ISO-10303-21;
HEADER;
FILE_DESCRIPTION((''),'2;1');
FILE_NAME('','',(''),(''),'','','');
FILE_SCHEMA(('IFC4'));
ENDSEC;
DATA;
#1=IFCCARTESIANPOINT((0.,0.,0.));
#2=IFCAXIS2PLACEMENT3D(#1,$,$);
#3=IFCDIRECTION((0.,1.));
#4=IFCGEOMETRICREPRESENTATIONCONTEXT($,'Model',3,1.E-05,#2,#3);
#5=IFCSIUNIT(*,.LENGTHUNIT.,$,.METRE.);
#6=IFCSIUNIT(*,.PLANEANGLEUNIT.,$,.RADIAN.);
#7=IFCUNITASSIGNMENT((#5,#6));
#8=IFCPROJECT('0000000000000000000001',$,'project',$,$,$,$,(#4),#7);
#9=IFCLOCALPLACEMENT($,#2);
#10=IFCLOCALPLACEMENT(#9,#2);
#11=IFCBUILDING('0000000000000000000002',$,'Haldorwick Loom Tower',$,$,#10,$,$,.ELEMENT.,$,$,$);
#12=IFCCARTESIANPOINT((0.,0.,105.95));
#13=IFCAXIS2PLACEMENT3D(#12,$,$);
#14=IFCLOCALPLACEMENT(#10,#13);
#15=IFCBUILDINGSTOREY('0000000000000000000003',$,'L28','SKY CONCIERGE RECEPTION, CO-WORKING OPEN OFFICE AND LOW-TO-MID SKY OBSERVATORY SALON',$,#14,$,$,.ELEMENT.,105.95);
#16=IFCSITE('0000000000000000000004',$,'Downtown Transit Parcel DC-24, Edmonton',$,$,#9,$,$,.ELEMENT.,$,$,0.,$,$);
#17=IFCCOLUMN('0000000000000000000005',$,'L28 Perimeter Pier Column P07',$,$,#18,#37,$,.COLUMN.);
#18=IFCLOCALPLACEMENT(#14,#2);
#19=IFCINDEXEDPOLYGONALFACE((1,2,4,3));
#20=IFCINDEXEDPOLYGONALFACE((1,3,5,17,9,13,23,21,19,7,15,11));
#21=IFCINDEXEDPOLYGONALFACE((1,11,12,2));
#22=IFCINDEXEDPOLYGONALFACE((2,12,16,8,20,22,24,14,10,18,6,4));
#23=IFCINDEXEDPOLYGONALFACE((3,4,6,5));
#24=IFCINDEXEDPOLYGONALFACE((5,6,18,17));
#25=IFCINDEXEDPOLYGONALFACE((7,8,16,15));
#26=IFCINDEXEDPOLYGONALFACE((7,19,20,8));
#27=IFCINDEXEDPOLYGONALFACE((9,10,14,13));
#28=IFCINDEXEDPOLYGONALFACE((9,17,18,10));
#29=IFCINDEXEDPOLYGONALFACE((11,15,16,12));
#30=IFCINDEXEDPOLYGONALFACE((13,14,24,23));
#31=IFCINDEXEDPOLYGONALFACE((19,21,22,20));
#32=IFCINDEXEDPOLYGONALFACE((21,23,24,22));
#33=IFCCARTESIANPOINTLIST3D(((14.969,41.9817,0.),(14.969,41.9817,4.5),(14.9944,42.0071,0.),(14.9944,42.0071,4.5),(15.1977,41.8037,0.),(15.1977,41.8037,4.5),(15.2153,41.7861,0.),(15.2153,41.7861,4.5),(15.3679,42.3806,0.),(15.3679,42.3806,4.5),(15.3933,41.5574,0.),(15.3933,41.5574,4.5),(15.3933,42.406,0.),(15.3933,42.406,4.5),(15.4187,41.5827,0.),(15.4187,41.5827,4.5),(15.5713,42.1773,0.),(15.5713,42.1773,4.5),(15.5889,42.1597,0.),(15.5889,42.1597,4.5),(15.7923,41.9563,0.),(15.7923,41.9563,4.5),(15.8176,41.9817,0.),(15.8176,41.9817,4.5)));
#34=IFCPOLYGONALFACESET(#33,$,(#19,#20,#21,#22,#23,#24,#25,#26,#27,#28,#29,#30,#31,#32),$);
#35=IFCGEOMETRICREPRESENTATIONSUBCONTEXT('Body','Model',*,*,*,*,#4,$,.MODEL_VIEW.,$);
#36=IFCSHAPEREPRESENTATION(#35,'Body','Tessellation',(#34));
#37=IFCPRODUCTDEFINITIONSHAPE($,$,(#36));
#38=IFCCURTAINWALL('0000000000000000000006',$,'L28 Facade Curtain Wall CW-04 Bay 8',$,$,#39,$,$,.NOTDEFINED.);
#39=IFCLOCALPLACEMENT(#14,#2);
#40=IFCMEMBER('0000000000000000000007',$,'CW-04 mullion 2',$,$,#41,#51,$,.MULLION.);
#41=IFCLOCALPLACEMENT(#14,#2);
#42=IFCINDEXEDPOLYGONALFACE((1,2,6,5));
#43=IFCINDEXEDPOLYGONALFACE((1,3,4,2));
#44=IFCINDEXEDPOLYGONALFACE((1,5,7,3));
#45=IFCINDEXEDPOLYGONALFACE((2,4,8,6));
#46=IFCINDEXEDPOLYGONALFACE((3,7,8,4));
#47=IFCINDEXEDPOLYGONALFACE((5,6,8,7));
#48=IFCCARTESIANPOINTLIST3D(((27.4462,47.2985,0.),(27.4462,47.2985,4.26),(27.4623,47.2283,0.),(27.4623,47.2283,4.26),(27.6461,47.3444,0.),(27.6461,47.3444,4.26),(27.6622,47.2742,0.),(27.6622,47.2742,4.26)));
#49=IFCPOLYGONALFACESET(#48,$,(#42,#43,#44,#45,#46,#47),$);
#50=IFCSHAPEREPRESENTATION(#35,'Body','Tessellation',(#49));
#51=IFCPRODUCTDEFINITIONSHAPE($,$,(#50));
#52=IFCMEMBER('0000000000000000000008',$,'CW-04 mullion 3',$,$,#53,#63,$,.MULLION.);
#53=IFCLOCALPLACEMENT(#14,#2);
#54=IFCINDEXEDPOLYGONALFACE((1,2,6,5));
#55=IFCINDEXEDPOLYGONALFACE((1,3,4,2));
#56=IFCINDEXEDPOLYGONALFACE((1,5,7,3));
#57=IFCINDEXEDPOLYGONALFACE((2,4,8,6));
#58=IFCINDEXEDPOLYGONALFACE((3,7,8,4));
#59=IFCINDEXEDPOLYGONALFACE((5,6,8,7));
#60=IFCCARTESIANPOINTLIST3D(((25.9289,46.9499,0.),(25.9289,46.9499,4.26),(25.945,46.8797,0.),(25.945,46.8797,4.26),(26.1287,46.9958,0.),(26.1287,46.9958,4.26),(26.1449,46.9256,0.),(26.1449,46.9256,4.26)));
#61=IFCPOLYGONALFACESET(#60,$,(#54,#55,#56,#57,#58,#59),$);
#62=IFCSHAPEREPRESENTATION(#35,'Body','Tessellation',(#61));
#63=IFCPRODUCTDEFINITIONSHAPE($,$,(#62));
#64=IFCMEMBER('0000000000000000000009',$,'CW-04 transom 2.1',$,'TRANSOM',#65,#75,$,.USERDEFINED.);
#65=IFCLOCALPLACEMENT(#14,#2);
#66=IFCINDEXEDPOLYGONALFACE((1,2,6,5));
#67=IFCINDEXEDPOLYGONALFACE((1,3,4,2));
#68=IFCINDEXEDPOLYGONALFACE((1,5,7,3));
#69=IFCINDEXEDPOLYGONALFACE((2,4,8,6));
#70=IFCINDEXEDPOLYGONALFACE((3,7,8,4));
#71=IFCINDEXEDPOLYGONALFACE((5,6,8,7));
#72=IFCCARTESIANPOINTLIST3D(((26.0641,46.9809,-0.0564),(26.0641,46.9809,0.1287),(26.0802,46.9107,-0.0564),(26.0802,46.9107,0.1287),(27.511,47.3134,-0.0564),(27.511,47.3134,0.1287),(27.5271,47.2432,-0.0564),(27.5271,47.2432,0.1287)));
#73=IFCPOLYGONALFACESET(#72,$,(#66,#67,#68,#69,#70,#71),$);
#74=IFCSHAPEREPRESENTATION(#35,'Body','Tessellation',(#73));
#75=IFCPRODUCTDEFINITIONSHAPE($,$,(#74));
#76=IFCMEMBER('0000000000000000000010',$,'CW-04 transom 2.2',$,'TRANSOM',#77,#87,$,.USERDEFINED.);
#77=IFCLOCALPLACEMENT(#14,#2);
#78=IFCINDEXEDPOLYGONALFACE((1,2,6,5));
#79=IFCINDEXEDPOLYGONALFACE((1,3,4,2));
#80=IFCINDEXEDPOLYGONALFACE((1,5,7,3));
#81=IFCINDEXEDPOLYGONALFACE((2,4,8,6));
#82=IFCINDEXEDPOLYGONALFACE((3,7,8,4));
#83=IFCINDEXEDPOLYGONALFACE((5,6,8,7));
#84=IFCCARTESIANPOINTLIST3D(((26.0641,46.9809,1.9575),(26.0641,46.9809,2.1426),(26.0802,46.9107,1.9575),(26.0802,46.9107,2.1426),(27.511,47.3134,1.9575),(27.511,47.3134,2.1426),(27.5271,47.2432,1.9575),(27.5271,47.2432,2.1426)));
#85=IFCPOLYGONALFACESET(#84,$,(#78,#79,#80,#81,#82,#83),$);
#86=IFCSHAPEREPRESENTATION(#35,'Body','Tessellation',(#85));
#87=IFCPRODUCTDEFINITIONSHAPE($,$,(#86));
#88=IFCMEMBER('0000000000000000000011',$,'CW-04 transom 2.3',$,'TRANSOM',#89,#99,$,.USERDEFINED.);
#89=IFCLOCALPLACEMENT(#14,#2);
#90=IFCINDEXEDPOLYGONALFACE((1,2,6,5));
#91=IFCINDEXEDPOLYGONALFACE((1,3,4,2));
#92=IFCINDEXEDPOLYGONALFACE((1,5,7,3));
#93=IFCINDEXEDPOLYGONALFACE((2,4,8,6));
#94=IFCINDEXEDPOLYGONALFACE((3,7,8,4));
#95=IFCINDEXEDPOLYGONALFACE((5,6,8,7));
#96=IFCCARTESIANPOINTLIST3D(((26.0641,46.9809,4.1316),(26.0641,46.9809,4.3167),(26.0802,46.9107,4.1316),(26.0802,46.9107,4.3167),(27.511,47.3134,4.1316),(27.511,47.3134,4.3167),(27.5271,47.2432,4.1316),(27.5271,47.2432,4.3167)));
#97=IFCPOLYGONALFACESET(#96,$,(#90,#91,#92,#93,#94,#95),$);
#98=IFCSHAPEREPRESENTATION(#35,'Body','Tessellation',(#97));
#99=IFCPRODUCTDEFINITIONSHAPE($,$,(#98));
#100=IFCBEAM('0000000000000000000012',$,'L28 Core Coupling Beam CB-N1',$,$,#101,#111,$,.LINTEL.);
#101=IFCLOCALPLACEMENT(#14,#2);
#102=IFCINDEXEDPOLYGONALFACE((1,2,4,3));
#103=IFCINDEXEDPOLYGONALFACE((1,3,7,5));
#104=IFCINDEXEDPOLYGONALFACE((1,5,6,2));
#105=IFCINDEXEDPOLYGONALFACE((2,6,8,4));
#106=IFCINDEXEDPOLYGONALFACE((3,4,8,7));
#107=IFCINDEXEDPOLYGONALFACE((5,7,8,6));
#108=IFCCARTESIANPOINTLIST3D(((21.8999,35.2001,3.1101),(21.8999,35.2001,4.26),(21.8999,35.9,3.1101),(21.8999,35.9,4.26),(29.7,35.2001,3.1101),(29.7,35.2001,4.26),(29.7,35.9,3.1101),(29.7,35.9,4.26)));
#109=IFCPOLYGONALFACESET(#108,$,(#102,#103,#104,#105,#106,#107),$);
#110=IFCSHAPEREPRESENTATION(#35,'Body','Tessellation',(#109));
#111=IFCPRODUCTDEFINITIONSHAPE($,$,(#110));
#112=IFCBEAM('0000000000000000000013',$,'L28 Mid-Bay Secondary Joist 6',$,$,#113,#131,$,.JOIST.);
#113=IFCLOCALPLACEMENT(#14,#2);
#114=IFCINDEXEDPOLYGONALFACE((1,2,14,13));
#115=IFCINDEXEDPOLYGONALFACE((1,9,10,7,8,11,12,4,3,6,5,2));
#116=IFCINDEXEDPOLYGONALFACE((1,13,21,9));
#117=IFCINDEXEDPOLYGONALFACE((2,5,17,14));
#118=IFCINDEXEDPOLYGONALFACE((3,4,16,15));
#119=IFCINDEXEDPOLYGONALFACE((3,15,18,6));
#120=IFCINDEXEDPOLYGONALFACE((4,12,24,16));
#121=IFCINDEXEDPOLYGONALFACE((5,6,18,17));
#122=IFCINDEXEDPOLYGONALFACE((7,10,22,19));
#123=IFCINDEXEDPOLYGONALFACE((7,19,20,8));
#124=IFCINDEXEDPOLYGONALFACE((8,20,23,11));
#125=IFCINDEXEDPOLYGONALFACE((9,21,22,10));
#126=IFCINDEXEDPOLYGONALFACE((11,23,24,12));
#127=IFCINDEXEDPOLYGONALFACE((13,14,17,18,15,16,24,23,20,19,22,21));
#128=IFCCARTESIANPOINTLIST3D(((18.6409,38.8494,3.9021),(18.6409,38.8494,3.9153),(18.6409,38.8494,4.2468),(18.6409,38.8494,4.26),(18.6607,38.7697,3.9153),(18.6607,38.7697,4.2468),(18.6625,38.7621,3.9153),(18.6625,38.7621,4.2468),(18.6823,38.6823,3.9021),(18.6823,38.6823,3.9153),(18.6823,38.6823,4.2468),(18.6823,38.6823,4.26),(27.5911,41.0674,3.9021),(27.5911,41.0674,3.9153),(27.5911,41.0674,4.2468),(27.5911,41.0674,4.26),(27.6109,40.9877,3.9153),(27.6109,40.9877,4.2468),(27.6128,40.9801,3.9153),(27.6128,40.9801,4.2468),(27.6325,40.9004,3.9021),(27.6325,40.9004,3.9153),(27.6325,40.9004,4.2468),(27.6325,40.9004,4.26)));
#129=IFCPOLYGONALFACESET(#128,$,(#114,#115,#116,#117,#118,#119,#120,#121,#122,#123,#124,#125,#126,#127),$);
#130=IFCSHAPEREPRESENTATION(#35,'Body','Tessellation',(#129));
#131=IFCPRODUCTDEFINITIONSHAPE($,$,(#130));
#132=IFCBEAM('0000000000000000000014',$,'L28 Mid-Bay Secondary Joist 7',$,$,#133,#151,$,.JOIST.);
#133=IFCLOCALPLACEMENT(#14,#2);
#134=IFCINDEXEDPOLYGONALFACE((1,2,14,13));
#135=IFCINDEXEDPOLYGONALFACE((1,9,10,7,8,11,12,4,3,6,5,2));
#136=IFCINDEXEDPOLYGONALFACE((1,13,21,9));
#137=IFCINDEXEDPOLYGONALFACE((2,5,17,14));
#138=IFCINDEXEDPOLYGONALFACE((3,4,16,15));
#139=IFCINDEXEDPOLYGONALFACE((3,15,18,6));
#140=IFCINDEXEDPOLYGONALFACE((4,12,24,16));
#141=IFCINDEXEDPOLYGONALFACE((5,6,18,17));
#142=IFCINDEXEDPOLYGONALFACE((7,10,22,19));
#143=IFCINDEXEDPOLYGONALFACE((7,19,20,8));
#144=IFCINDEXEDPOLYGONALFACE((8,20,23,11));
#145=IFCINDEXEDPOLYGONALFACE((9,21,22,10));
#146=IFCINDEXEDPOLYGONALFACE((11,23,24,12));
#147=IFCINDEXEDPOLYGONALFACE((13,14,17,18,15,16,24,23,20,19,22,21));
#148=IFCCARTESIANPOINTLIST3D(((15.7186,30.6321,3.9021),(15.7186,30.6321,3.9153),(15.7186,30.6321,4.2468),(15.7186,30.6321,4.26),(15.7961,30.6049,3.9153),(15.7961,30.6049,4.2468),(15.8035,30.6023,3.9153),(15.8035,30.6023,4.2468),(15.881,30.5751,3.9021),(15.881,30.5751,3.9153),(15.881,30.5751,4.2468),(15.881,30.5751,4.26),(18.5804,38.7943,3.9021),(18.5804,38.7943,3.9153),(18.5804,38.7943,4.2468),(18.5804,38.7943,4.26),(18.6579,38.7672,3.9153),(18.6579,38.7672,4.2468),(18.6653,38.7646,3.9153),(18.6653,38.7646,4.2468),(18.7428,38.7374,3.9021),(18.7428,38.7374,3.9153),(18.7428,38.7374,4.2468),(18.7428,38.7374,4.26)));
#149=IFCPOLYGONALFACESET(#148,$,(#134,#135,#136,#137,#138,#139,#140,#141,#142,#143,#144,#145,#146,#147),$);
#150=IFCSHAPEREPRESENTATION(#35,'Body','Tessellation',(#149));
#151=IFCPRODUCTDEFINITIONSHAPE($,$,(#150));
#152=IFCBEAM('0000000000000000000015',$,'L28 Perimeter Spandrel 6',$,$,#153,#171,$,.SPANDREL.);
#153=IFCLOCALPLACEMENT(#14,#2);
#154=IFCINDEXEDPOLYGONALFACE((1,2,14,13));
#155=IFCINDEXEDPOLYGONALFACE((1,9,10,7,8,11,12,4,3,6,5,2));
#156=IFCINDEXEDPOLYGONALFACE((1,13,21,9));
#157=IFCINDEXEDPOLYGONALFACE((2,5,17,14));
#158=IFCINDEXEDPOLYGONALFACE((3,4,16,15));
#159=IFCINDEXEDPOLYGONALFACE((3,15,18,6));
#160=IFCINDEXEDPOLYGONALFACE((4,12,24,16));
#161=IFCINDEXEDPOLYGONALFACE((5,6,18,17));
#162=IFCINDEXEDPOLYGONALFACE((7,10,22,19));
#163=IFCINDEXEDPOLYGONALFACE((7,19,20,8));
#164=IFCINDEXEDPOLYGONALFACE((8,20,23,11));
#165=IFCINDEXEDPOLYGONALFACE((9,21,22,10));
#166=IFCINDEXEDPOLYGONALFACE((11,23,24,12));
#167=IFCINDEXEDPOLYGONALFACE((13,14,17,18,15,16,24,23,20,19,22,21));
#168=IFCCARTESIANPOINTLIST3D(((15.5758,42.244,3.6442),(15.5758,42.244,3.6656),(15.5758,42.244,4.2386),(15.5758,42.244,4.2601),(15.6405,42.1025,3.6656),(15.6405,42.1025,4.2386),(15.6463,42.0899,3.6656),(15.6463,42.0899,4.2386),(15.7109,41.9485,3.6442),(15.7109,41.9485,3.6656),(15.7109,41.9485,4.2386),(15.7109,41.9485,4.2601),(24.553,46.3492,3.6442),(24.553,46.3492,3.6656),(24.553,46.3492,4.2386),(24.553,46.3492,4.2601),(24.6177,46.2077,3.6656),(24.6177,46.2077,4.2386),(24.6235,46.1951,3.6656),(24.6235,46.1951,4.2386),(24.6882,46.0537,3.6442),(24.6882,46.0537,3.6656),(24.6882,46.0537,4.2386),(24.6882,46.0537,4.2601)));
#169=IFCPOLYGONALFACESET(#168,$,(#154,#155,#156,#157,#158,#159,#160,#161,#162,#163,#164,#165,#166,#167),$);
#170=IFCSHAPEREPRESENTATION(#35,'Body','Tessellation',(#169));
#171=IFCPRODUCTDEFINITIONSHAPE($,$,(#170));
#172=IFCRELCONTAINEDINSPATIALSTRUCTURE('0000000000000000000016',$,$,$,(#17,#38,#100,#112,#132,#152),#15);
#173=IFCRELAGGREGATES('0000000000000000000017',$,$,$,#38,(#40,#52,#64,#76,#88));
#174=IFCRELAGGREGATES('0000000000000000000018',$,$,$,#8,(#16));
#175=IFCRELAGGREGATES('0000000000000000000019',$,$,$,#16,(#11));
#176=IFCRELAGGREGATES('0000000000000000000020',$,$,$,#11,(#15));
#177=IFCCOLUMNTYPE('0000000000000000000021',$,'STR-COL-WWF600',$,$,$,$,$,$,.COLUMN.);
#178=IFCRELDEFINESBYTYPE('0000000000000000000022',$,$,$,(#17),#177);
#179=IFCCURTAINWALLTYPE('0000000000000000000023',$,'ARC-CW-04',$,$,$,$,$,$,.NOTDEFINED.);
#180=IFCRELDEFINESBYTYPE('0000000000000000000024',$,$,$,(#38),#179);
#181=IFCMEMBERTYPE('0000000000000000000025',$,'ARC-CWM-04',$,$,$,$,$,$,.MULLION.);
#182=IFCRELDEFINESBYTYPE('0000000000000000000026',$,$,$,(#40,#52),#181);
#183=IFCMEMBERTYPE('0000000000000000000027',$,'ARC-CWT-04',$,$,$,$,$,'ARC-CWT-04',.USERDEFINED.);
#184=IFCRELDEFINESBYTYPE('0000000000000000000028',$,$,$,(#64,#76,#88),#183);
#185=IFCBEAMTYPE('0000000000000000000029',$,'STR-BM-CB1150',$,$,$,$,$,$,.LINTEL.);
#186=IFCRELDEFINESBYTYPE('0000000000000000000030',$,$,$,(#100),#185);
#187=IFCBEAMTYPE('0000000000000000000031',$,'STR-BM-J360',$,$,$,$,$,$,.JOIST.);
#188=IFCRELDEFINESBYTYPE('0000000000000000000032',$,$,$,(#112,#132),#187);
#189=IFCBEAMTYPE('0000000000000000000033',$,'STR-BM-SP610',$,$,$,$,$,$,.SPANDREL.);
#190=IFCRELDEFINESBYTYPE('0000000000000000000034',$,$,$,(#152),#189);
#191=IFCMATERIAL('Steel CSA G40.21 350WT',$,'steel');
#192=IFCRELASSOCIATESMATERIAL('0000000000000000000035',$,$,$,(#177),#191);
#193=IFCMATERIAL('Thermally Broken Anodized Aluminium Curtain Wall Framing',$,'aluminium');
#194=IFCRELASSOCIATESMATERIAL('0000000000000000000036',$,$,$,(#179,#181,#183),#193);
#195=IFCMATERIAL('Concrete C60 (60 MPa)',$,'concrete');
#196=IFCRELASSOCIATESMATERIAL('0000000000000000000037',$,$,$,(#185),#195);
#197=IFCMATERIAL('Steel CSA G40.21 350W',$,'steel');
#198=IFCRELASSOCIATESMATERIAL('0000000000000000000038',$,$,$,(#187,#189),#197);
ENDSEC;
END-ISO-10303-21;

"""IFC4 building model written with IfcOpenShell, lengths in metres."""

from ifc_helpers import new_model, si_unit, direction, frame, origin, origin_2d, place, context, subcontext, project, spatial, rectangle, i_section, extrude, material, material_profile, profile_set, type_object, element, aggregate, save


model = new_model("IFC4")

# Units and contexts
model_context = context("Model", 3, precision=1e-05, world=origin(), true_north=direction((0.0, 1.0)))
body_context = subcontext(model_context, "Body", "Model", "MODEL_VIEW")
ifc_project = project(units=[si_unit("LENGTHUNIT", "METRE"), si_unit("PLANEANGLEUNIT", "RADIAN")], contexts=[model_context])

# Site, building, storey
site_placement = place(None, origin())
site = spatial("IfcSite", under=ifc_project, at=site_placement, Name="Downtown Transit Parcel DC-24, Edmonton", CompositionType="ELEMENT", RefElevation=0.0)
building_placement = place(site_placement, origin())
building = spatial("IfcBuilding", under=site, at=building_placement, Name="Haldorwick Loom Tower", CompositionType="ELEMENT")
storey_placement = place(building_placement, frame((0.0, 0.0, 105.95)))
storey = spatial("IfcBuildingStorey", under=building, at=storey_placement, Name="L28", Description="SKY CONCIERGE RECEPTION, CO-WORKING OPEN OFFICE AND LOW-TO-MID SKY OBSERVATORY SALON", CompositionType="ELEMENT", Elevation=105.95)

# Column
ifc_material_1 = material(Name="Concrete C60 (60 MPa)", Category="concrete")
ifc_material_2 = material(Name="Steel CSA G40.21 350WT", Category="steel")
ifc_material_profile_1 = material_profile(ifc_material_2, i_section(OverallWidth=0.6001, OverallDepth=0.6001, WebThickness=0.0249, FlangeThickness=0.0359, at=origin_2d()), Name="WWF600X600", Category="steel")
ifc_profile_set_1 = profile_set([ifc_material_profile_1], Name="Steel CSA G40.21 350WT")
column_type_1 = type_object("IfcColumnType", Name="STR-COL-WWF600", PredefinedType="COLUMN", material=ifc_profile_set_1)
column_placement = place(storey_placement, frame((15.3933, 41.9817, 0.0), z_axis=(0.0, 0.0, 1.0), x_axis=(-0.707107, 0.707107, 0.0)))
element("IfcColumn", 1, at=column_placement, inside=storey, type_object=column_type_1, Name="L28 Perimeter Pier Column P07", PredefinedType="COLUMN", context=body_context, shape_type="SweptSolid", body=[
    extrude(i_section(OverallWidth=0.6001, OverallDepth=0.6001, WebThickness=0.0249, FlangeThickness=0.0359, at=origin_2d()), origin(), (0.0, 0.0, 1.0), 4.5),
])

# Curtain wall, members
ifc_material_3 = material(Name="Thermally Broken Anodized Aluminium Curtain Wall Framing", Category="aluminium")
curtain_wall_type = type_object("IfcCurtainWallType", Name="ARC-CW-04", PredefinedType="NOTDEFINED", material=ifc_material_3)
curtain_wall_placement = place(storey_placement, origin())
curtain_wall = element("IfcCurtainWall", 2, at=curtain_wall_placement, inside=storey, type_object=curtain_wall_type, Name="L28 Facade Curtain Wall CW-04 Bay 8", PredefinedType="NOTDEFINED")
ifc_material_profile_2 = material_profile(ifc_material_3, rectangle(XDim=0.072, YDim=0.2051, at=origin_2d()), Name="ALU_MUL_72X205", Category="aluminium")
ifc_profile_set_2 = profile_set([ifc_material_profile_2], Name="Thermally Broken Anodized Aluminium Curtain Wall Framing")
member_type_1 = type_object("IfcMemberType", Name="ARC-CWM-04", PredefinedType="MULLION", material=ifc_profile_set_2)
member_1_placement = place(storey_placement, frame((27.5542, 47.2864, 0.0), z_axis=(0.0, 0.0, 1.0), x_axis=(0.223981, -0.974593, 0.0)))
member_1 = element("IfcMember", 3, at=member_1_placement, type_object=member_type_1, Name="CW-04 mullion 2", PredefinedType="MULLION", context=body_context, shape_type="SweptSolid", body=[
    extrude(rectangle(XDim=0.072, YDim=0.2051, at=origin_2d()), origin(), (0.0, 0.0, 1.0), 4.26),
])
member_2_placement = place(storey_placement, frame((26.0369, 46.9377, 0.0), z_axis=(0.0, 0.0, 1.0), x_axis=(0.223981, -0.974593, 0.0)))
member_2 = element("IfcMember", 4, at=member_2_placement, type_object=member_type_1, Name="CW-04 mullion 3", PredefinedType="MULLION", context=body_context, shape_type="SweptSolid", body=[
    extrude(rectangle(XDim=0.072, YDim=0.2051, at=origin_2d()), origin(), (0.0, 0.0, 1.0), 4.26),
])
ifc_material_profile_3 = material_profile(ifc_material_3, rectangle(XDim=0.072, YDim=0.1851, at=origin_2d()), Name="ALU_TRN_72X185", Category="aluminium")
ifc_profile_set_3 = profile_set([ifc_material_profile_3], Name="Thermally Broken Anodized Aluminium Curtain Wall Framing")
member_type_2 = type_object("IfcMemberType", Name="ARC-CWT-04", ElementType="ARC-CWT-04", PredefinedType="USERDEFINED", material=ifc_profile_set_3)
member_3_placement = place(storey_placement, frame((27.519, 47.2783, 0.0361), z_axis=(-0.974599, -0.223959, 0.0), x_axis=(0.223959, -0.974599, 0.0)))
member_3 = element("IfcMember", 5, at=member_3_placement, type_object=member_type_2, Name="CW-04 transom 2.1", ObjectType="TRANSOM", PredefinedType="USERDEFINED", context=body_context, shape_type="SweptSolid", body=[
    extrude(rectangle(XDim=0.072, YDim=0.1851, at=origin_2d()), origin(), (0.0, 0.0, 1.0), 1.4846),
])
member_4_placement = place(storey_placement, frame((27.519, 47.2783, 2.05), z_axis=(-0.974599, -0.223959, 0.0), x_axis=(0.223959, -0.974599, 0.0)))
member_4 = element("IfcMember", 6, at=member_4_placement, type_object=member_type_2, Name="CW-04 transom 2.2", ObjectType="TRANSOM", PredefinedType="USERDEFINED", context=body_context, shape_type="SweptSolid", body=[
    extrude(rectangle(XDim=0.072, YDim=0.1851, at=origin_2d()), origin(), (0.0, 0.0, 1.0), 1.4846),
])
member_5_placement = place(storey_placement, frame((27.519, 47.2783, 4.2241), z_axis=(-0.974599, -0.223959, 0.0), x_axis=(0.223959, -0.974599, 0.0)))
member_5 = element("IfcMember", 7, at=member_5_placement, type_object=member_type_2, Name="CW-04 transom 2.3", ObjectType="TRANSOM", PredefinedType="USERDEFINED", context=body_context, shape_type="SweptSolid", body=[
    extrude(rectangle(XDim=0.072, YDim=0.1851, at=origin_2d()), origin(), (0.0, 0.0, 1.0), 1.4846),
])

# Beams
ifc_material_profile_4 = material_profile(ifc_material_1, rectangle(XDim=0.7, YDim=1.1499, at=origin_2d()), Name="RC700X1150", Category="concrete")
ifc_profile_set_4 = profile_set([ifc_material_profile_4], Name="Concrete C60 (60 MPa)")
beam_type_1 = type_object("IfcBeamType", Name="STR-BM-CB1150", PredefinedType="LINTEL", material=ifc_profile_set_4)
beam_1_placement = place(storey_placement, frame((21.8999, 35.55, 3.6851), z_axis=(1.0, 0.0, 0.0), x_axis=(0.0, 1.0, 0.0)))
element("IfcBeam", 8, at=beam_1_placement, inside=storey, type_object=beam_type_1, Name="L28 Core Coupling Beam CB-N1", PredefinedType="LINTEL", context=body_context, shape_type="SweptSolid", body=[
    extrude(rectangle(XDim=0.7, YDim=1.1499, at=origin_2d()), origin(), (0.0, 0.0, 1.0), 7.8),
])
ifc_material_4 = material(Name="Steel CSA G40.21 350W", Category="steel")
ifc_material_profile_5 = material_profile(ifc_material_4, i_section(OverallWidth=0.1721, OverallDepth=0.3579, WebThickness=0.0078, FlangeThickness=0.0132, at=origin_2d()), Name="W360X57", Category="steel")
ifc_profile_set_5 = profile_set([ifc_material_profile_5], Name="Steel CSA G40.21 350W")
beam_type_2 = type_object("IfcBeamType", Name="STR-BM-J360", PredefinedType="JOIST", material=ifc_profile_set_5)
beam_2_placement = place(storey_placement, frame((27.6118, 40.9839, 4.0811), z_axis=(-0.970639, -0.240542, 0.0), x_axis=(0.240542, -0.970639, 0.0)))
element("IfcBeam", 9, at=beam_2_placement, inside=storey, type_object=beam_type_2, Name="L28 Mid-Bay Secondary Joist 6", PredefinedType="JOIST", context=body_context, shape_type="SweptSolid", body=[
    extrude(i_section(OverallWidth=0.1721, OverallDepth=0.3579, WebThickness=0.0078, FlangeThickness=0.0132, at=origin_2d()), origin(), (0.0, 0.0, 1.0), 9.2209),
])
beam_3_placement = place(storey_placement, frame((18.6616, 38.7659, 4.0811), z_axis=(-0.330865, -0.943678, 0.0), x_axis=(0.943678, -0.330865, 0.0)))
element("IfcBeam", 10, at=beam_3_placement, inside=storey, type_object=beam_type_2, Name="L28 Mid-Bay Secondary Joist 7", PredefinedType="JOIST", context=body_context, shape_type="SweptSolid", body=[
    extrude(i_section(OverallWidth=0.1721, OverallDepth=0.3579, WebThickness=0.0078, FlangeThickness=0.0132, at=origin_2d()), origin(), (0.0, 0.0, 1.0), 8.6494),
])
ifc_material_profile_6 = material_profile(ifc_material_4, i_section(OverallWidth=0.325, OverallDepth=0.616, WebThickness=0.0139, FlangeThickness=0.0215, at=origin_2d()), Name="W610X174", Category="steel")
ifc_profile_set_6 = profile_set([ifc_material_profile_6], Name="Steel CSA G40.21 350W")
beam_type_3 = type_object("IfcBeamType", Name="STR-BM-SP610", PredefinedType="SPANDREL", material=ifc_profile_set_6)
beam_4_placement = place(storey_placement, frame((24.6206, 46.2014, 3.9521), z_axis=(-0.909424, -0.41587, 0.0), x_axis=(0.41587, -0.909424, 0.0)))
element("IfcBeam", 11, at=beam_4_placement, inside=storey, type_object=beam_type_3, Name="L28 Perimeter Spandrel 6", PredefinedType="SPANDREL", context=body_context, shape_type="SweptSolid", body=[
    extrude(i_section(OverallWidth=0.325, OverallDepth=0.616, WebThickness=0.0139, FlangeThickness=0.0215, at=origin_2d()), origin(), (0.0, 0.0, 1.0), 9.8713),
])

aggregate(curtain_wall, [member_1, member_2, member_3, member_4, member_5])

save(model, "model.ifc")
